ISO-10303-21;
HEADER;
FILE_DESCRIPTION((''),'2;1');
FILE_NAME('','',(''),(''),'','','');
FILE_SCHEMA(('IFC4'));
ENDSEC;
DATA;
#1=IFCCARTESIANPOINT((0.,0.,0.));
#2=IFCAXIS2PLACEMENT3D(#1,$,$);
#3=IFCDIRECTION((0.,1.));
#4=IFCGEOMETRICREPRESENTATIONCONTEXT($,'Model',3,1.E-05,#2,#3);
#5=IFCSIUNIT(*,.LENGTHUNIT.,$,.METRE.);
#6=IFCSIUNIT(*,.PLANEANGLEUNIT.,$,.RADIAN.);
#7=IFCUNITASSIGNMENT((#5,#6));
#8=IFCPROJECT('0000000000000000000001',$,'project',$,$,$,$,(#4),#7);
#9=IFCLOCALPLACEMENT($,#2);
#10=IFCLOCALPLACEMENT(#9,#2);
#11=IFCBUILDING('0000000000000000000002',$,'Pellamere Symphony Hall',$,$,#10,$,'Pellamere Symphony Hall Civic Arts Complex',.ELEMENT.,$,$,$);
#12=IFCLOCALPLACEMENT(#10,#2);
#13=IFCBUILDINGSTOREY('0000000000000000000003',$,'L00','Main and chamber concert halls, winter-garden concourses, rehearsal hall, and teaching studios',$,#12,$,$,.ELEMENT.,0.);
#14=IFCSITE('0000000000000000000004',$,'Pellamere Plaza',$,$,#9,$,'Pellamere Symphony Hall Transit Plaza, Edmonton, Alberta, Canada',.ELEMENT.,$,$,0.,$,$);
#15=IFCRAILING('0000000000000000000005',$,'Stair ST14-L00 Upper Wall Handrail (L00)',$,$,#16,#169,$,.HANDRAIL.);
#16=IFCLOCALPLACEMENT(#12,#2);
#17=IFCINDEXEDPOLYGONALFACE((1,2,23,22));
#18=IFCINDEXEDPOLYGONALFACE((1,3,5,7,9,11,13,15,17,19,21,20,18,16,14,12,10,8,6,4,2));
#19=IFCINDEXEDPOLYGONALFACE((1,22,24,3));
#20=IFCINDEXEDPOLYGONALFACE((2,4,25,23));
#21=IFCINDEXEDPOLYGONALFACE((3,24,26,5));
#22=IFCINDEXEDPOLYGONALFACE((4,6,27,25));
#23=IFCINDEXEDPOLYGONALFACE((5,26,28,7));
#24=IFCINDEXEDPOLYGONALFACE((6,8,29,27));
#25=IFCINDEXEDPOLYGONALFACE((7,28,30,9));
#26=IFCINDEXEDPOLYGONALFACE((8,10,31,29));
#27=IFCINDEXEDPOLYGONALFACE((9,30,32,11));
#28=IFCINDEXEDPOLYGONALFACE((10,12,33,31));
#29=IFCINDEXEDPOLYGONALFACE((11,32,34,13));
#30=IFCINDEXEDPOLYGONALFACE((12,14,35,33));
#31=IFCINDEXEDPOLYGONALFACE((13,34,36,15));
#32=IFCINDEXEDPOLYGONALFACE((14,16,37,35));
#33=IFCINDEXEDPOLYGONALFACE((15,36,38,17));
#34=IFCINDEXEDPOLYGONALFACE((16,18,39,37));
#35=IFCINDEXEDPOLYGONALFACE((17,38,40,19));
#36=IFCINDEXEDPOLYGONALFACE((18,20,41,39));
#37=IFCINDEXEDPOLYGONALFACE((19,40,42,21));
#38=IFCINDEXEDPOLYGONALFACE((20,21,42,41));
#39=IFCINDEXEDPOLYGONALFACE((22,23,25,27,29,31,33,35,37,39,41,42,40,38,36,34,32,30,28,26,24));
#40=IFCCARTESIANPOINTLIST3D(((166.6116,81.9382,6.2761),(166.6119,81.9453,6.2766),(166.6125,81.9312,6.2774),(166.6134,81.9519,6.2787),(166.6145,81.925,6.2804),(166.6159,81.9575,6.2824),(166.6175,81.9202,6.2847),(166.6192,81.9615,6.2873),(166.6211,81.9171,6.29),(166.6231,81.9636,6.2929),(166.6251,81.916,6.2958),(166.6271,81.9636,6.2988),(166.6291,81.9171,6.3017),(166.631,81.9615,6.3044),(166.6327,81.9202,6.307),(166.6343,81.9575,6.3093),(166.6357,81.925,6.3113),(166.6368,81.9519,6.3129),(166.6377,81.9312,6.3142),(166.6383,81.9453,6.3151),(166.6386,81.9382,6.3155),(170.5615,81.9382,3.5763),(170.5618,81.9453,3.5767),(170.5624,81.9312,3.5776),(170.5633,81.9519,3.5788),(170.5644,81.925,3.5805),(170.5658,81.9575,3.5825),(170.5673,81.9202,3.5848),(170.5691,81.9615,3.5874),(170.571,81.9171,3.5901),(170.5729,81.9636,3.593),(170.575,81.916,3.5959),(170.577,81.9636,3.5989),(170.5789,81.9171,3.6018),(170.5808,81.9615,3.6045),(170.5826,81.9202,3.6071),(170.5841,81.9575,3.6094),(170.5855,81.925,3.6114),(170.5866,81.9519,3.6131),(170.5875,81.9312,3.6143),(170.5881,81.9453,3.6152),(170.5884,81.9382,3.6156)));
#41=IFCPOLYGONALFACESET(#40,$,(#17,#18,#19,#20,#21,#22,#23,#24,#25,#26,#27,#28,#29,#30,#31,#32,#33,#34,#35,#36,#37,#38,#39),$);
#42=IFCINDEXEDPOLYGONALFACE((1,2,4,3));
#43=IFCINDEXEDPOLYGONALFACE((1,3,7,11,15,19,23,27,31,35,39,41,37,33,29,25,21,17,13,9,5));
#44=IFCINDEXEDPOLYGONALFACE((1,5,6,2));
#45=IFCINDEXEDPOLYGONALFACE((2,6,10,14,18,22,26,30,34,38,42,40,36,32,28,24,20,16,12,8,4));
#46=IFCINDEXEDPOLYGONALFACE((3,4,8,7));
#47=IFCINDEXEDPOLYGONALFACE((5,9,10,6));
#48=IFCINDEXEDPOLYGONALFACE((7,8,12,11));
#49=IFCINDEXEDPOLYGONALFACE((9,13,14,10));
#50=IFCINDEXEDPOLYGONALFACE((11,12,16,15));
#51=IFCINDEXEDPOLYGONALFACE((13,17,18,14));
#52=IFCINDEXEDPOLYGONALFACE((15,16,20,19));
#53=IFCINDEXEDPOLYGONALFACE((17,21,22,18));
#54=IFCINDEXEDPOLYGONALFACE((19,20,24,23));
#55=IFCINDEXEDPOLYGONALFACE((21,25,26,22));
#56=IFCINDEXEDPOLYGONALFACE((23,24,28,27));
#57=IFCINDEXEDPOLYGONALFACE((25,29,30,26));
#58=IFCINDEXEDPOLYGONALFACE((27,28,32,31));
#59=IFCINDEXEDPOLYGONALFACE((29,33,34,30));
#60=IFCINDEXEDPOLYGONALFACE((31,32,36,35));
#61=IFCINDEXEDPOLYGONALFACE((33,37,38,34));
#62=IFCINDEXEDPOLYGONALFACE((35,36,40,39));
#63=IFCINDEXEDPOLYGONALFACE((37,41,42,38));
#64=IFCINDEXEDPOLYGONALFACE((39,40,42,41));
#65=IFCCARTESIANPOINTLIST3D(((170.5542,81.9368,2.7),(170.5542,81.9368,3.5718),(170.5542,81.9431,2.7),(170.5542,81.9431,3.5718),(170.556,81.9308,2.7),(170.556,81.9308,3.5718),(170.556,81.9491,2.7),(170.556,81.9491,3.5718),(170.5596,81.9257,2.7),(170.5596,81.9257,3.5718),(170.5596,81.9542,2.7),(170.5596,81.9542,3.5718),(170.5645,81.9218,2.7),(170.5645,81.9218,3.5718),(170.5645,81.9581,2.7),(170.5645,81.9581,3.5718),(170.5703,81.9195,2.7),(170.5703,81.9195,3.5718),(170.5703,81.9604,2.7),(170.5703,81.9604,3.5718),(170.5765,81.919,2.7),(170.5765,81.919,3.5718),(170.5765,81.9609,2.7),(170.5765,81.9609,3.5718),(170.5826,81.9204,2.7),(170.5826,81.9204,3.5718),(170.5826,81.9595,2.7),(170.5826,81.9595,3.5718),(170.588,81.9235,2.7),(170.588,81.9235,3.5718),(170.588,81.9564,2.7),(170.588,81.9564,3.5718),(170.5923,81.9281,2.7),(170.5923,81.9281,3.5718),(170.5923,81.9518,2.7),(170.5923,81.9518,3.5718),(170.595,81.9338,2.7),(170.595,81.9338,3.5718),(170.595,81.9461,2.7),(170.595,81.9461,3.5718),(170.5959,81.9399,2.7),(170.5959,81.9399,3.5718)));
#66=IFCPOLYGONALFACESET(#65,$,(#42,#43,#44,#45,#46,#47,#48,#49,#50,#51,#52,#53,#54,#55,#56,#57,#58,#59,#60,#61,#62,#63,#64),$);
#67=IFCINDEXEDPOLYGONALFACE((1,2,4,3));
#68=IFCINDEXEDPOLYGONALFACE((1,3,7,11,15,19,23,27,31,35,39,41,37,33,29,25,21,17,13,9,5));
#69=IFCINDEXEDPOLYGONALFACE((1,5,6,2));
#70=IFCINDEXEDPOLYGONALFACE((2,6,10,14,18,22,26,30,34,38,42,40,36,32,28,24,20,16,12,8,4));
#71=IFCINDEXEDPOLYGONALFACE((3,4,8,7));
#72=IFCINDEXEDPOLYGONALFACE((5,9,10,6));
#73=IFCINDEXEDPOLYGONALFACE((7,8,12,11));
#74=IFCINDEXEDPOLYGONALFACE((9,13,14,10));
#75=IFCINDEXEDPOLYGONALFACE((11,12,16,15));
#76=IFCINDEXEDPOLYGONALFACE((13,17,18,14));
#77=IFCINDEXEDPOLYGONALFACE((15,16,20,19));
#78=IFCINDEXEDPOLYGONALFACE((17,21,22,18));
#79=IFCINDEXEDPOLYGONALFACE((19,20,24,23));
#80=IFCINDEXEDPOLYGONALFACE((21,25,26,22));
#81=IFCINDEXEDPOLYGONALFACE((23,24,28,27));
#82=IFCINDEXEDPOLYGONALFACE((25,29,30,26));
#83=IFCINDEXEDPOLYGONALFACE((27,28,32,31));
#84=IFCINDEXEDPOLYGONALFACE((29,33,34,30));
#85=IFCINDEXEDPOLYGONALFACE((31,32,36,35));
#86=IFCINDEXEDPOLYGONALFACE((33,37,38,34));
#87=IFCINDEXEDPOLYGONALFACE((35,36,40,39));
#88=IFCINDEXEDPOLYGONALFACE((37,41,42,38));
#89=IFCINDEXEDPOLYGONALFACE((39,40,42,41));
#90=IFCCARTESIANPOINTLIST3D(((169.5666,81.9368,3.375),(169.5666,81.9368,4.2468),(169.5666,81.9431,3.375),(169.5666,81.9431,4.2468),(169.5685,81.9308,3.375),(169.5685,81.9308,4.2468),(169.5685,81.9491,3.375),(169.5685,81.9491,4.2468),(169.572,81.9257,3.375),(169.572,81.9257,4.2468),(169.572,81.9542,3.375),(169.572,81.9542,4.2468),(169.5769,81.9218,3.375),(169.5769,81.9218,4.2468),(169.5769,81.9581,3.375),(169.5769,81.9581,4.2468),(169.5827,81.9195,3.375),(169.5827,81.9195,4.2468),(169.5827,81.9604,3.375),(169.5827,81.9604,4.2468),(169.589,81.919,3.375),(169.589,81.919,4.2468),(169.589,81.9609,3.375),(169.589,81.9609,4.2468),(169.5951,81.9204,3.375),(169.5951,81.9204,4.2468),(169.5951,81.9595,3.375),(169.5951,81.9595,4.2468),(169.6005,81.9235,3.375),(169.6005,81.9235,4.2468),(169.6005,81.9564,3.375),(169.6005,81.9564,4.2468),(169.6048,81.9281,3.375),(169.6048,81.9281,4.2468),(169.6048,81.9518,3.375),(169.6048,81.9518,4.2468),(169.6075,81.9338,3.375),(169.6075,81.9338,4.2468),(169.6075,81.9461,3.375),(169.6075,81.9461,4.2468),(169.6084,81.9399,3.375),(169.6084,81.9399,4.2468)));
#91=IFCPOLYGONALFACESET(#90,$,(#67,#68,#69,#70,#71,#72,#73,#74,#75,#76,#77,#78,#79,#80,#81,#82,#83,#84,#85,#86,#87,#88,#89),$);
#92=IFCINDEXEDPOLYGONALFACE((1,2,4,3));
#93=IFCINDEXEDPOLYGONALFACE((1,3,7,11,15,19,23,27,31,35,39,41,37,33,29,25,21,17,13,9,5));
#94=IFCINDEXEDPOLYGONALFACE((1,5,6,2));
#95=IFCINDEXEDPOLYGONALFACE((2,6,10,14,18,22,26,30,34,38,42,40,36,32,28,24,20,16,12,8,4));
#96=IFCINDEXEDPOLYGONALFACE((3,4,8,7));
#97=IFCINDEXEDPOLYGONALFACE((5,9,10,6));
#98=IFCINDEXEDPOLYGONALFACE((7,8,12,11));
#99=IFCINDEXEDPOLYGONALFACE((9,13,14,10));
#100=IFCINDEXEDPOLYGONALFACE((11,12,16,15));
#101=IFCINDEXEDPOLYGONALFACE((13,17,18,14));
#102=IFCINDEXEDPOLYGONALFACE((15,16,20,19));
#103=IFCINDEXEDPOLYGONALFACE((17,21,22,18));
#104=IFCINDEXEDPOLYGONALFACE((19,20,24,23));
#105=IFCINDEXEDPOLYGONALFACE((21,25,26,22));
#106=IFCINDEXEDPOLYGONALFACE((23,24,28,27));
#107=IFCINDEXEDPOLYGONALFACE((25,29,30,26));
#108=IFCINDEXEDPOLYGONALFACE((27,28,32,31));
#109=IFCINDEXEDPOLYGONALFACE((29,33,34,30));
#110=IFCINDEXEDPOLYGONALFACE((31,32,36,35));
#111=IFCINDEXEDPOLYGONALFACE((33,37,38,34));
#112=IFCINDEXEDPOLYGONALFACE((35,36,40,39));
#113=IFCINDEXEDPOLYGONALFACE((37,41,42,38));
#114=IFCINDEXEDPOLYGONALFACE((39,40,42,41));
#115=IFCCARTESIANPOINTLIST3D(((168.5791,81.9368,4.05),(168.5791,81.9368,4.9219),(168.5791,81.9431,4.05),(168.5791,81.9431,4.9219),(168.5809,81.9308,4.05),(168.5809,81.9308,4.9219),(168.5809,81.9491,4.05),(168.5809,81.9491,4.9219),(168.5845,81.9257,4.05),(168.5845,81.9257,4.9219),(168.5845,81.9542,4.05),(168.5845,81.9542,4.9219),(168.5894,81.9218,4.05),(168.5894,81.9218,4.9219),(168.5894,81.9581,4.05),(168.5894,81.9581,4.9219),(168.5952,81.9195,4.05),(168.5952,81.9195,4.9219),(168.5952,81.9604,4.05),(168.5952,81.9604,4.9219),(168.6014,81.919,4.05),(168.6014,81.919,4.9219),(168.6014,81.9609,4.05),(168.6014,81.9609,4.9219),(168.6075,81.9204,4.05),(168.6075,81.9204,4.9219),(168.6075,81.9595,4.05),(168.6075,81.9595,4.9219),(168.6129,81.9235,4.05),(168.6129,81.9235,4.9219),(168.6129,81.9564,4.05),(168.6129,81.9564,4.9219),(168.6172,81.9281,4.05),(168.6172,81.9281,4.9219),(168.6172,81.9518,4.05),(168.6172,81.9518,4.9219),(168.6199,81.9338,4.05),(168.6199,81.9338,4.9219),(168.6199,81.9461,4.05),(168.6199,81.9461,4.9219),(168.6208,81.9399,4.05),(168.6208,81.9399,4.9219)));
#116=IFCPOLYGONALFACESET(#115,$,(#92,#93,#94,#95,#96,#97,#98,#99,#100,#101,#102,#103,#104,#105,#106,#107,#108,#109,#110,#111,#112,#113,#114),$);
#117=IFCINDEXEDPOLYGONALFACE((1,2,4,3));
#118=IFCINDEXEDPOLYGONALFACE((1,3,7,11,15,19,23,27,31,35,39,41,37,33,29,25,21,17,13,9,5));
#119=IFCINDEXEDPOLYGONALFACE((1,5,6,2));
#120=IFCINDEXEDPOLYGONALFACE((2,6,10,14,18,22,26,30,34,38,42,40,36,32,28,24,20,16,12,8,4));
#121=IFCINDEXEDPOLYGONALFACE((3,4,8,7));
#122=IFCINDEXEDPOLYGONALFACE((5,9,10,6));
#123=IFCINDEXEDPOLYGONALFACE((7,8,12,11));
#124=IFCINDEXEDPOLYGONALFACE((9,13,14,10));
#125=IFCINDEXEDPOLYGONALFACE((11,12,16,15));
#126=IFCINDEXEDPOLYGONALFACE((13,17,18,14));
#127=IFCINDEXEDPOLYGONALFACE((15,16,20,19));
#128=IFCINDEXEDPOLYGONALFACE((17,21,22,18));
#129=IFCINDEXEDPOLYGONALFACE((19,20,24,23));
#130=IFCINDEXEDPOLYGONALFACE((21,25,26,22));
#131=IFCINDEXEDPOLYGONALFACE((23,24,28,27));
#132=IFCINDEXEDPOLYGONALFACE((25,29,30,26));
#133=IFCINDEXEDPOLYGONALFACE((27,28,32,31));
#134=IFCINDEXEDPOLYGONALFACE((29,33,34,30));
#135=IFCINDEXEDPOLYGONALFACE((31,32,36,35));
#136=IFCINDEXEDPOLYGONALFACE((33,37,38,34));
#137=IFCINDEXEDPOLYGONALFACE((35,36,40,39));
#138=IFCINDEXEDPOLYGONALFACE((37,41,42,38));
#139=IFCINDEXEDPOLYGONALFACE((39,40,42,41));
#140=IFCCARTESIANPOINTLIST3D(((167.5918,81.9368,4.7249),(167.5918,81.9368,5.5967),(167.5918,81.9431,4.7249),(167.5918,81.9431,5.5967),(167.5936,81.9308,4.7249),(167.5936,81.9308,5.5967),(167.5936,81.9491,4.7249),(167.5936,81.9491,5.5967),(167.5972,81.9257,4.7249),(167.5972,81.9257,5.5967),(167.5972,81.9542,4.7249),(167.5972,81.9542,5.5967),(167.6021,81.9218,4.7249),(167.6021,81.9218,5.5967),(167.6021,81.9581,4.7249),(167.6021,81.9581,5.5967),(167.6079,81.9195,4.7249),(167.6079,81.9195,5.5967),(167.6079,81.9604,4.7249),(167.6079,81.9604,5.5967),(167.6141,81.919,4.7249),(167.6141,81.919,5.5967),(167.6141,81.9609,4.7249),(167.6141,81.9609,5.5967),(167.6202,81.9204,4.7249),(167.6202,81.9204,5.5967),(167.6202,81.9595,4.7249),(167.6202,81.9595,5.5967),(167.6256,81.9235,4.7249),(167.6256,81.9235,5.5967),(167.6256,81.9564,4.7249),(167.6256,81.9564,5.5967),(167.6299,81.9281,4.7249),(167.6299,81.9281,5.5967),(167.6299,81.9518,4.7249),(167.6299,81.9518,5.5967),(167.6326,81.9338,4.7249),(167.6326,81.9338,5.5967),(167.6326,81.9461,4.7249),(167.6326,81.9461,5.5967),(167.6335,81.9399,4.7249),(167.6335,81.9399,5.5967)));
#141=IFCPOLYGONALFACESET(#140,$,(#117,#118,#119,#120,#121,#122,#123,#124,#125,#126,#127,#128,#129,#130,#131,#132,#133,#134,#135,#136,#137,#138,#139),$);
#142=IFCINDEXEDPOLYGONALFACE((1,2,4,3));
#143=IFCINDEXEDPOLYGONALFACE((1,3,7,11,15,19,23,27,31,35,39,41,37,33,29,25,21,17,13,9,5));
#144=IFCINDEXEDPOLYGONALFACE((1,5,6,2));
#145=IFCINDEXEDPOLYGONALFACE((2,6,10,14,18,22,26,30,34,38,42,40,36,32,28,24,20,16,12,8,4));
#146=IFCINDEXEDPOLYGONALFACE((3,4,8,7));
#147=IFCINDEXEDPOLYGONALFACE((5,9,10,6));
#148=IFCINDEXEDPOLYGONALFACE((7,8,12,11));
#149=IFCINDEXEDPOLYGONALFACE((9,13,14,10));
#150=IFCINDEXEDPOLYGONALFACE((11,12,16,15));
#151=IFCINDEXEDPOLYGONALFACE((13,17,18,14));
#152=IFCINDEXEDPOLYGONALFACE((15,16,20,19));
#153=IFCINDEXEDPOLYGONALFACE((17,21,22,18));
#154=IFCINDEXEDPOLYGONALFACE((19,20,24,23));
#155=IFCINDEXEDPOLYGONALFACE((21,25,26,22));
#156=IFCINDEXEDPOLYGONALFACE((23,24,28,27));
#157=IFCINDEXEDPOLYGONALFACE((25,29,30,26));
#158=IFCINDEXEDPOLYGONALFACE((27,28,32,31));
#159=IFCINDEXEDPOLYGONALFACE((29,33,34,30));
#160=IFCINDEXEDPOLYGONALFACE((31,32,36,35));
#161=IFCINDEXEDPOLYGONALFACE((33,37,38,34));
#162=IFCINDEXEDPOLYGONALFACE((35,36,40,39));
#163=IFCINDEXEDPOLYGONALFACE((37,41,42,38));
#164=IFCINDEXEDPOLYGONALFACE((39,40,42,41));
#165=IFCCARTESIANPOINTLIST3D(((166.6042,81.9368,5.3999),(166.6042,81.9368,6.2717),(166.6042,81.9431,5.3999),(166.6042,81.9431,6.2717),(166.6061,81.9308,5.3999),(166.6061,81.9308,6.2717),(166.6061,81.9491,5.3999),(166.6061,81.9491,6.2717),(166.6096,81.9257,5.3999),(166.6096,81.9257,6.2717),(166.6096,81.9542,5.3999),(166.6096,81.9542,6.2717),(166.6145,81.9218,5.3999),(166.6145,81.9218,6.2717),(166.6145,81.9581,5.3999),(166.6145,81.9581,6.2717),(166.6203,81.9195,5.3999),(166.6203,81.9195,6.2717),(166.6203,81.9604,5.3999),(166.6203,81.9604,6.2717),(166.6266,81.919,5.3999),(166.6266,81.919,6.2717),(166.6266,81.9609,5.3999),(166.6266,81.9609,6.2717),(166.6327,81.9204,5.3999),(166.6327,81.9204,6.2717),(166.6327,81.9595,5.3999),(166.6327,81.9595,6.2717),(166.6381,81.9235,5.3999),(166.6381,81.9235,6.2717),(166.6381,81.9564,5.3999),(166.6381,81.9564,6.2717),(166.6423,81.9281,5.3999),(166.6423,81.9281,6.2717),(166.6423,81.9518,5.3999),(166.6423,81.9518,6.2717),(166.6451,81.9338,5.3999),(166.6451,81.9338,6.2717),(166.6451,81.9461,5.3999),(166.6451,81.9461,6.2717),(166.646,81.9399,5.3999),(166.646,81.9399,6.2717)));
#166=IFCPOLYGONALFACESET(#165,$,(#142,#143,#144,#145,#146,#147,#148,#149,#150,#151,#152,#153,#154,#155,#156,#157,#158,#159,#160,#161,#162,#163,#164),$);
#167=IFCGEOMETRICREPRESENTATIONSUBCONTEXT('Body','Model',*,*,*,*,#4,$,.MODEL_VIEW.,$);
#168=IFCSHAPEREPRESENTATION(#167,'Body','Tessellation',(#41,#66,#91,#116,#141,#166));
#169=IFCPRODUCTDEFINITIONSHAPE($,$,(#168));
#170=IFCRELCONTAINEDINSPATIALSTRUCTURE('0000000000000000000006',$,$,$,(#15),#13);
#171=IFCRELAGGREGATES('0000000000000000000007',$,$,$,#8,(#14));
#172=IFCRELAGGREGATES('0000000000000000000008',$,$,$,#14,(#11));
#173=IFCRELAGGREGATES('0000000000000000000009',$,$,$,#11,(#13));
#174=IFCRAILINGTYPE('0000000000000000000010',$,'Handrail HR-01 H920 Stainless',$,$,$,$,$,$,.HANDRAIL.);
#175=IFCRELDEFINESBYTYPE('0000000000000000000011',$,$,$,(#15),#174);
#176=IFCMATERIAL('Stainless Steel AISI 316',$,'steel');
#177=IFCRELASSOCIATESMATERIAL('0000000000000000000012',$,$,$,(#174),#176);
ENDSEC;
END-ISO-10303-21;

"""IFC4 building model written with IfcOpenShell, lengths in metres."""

from ifc_helpers import new_model, si_unit, direction, frame, origin, origin_2d, place, context, subcontext, project, spatial, circle, extrude, material, type_object, element, save


model = new_model("IFC4")

# Units and contexts
model_context = context("Model", 3, precision=1e-05, world=origin(), true_north=direction((0.0, 1.0)))
body_context = subcontext(model_context, "Body", "Model", "MODEL_VIEW")
ifc_project = project(units=[si_unit("LENGTHUNIT", "METRE"), si_unit("PLANEANGLEUNIT", "RADIAN")], contexts=[model_context])

# Site, building, storey
site_placement = place(None, origin())
site = spatial("IfcSite", under=ifc_project, at=site_placement, Name="Pellamere Plaza", LongName="Pellamere Symphony Hall Transit Plaza, Edmonton, Alberta, Canada", CompositionType="ELEMENT", RefElevation=0.0)
building_placement = place(site_placement, origin())
building = spatial("IfcBuilding", under=site, at=building_placement, Name="Pellamere Symphony Hall", LongName="Pellamere Symphony Hall Civic Arts Complex", CompositionType="ELEMENT")
storey_placement = place(building_placement, origin())
storey = spatial("IfcBuildingStorey", under=building, at=storey_placement, Name="L00", Description="Main and chamber concert halls, winter-garden concourses, rehearsal hall, and teaching studios", CompositionType="ELEMENT", Elevation=0.0)

# Railing
ifc_material_1 = material(Name="Stainless Steel AISI 316", Category="steel")
railing_type_1 = type_object("IfcRailingType", Name="Handrail HR-01 H920 Stainless", PredefinedType="HANDRAIL", material=ifc_material_1)
railing_1_placement = place(storey_placement, frame((170.575, 81.9399, 2.7)))
element("IfcRailing", 1, at=railing_1_placement, inside=storey, type_object=railing_type_1, Name="Stair ST14-L00 Upper Wall Handrail (L00)", PredefinedType="HANDRAIL", context=body_context, shape_type="SweptSolid", body=[
    extrude(circle(Radius=0.0239, at=origin_2d()), frame((0.0, 0.0, 0.896), z_axis=(-0.825565, 0.0, 0.564307), x_axis=(0.0, -1.0, 0.0)), (0.0, 0.0, 1.0), 4.7844),
    extrude(circle(Radius=0.021, at=origin_2d()), origin(), (0.0, 0.0, 1.0), 0.8718),
    extrude(circle(Radius=0.021, at=origin_2d()), frame((-0.9875, 0.0, 0.675)), (0.0, 0.0, 1.0), 0.8718),
    extrude(circle(Radius=0.021, at=origin_2d()), frame((-1.9751, 0.0, 1.3501)), (0.0, 0.0, 1.0), 0.8718),
    extrude(circle(Radius=0.021, at=origin_2d()), frame((-2.9624, 0.0, 2.0249)), (0.0, 0.0, 1.0), 0.8718),
    extrude(circle(Radius=0.021, at=origin_2d()), frame((-3.95, 0.0, 2.7)), (0.0, 0.0, 1.0), 0.8718),
])

save(model, "model.ifc")
